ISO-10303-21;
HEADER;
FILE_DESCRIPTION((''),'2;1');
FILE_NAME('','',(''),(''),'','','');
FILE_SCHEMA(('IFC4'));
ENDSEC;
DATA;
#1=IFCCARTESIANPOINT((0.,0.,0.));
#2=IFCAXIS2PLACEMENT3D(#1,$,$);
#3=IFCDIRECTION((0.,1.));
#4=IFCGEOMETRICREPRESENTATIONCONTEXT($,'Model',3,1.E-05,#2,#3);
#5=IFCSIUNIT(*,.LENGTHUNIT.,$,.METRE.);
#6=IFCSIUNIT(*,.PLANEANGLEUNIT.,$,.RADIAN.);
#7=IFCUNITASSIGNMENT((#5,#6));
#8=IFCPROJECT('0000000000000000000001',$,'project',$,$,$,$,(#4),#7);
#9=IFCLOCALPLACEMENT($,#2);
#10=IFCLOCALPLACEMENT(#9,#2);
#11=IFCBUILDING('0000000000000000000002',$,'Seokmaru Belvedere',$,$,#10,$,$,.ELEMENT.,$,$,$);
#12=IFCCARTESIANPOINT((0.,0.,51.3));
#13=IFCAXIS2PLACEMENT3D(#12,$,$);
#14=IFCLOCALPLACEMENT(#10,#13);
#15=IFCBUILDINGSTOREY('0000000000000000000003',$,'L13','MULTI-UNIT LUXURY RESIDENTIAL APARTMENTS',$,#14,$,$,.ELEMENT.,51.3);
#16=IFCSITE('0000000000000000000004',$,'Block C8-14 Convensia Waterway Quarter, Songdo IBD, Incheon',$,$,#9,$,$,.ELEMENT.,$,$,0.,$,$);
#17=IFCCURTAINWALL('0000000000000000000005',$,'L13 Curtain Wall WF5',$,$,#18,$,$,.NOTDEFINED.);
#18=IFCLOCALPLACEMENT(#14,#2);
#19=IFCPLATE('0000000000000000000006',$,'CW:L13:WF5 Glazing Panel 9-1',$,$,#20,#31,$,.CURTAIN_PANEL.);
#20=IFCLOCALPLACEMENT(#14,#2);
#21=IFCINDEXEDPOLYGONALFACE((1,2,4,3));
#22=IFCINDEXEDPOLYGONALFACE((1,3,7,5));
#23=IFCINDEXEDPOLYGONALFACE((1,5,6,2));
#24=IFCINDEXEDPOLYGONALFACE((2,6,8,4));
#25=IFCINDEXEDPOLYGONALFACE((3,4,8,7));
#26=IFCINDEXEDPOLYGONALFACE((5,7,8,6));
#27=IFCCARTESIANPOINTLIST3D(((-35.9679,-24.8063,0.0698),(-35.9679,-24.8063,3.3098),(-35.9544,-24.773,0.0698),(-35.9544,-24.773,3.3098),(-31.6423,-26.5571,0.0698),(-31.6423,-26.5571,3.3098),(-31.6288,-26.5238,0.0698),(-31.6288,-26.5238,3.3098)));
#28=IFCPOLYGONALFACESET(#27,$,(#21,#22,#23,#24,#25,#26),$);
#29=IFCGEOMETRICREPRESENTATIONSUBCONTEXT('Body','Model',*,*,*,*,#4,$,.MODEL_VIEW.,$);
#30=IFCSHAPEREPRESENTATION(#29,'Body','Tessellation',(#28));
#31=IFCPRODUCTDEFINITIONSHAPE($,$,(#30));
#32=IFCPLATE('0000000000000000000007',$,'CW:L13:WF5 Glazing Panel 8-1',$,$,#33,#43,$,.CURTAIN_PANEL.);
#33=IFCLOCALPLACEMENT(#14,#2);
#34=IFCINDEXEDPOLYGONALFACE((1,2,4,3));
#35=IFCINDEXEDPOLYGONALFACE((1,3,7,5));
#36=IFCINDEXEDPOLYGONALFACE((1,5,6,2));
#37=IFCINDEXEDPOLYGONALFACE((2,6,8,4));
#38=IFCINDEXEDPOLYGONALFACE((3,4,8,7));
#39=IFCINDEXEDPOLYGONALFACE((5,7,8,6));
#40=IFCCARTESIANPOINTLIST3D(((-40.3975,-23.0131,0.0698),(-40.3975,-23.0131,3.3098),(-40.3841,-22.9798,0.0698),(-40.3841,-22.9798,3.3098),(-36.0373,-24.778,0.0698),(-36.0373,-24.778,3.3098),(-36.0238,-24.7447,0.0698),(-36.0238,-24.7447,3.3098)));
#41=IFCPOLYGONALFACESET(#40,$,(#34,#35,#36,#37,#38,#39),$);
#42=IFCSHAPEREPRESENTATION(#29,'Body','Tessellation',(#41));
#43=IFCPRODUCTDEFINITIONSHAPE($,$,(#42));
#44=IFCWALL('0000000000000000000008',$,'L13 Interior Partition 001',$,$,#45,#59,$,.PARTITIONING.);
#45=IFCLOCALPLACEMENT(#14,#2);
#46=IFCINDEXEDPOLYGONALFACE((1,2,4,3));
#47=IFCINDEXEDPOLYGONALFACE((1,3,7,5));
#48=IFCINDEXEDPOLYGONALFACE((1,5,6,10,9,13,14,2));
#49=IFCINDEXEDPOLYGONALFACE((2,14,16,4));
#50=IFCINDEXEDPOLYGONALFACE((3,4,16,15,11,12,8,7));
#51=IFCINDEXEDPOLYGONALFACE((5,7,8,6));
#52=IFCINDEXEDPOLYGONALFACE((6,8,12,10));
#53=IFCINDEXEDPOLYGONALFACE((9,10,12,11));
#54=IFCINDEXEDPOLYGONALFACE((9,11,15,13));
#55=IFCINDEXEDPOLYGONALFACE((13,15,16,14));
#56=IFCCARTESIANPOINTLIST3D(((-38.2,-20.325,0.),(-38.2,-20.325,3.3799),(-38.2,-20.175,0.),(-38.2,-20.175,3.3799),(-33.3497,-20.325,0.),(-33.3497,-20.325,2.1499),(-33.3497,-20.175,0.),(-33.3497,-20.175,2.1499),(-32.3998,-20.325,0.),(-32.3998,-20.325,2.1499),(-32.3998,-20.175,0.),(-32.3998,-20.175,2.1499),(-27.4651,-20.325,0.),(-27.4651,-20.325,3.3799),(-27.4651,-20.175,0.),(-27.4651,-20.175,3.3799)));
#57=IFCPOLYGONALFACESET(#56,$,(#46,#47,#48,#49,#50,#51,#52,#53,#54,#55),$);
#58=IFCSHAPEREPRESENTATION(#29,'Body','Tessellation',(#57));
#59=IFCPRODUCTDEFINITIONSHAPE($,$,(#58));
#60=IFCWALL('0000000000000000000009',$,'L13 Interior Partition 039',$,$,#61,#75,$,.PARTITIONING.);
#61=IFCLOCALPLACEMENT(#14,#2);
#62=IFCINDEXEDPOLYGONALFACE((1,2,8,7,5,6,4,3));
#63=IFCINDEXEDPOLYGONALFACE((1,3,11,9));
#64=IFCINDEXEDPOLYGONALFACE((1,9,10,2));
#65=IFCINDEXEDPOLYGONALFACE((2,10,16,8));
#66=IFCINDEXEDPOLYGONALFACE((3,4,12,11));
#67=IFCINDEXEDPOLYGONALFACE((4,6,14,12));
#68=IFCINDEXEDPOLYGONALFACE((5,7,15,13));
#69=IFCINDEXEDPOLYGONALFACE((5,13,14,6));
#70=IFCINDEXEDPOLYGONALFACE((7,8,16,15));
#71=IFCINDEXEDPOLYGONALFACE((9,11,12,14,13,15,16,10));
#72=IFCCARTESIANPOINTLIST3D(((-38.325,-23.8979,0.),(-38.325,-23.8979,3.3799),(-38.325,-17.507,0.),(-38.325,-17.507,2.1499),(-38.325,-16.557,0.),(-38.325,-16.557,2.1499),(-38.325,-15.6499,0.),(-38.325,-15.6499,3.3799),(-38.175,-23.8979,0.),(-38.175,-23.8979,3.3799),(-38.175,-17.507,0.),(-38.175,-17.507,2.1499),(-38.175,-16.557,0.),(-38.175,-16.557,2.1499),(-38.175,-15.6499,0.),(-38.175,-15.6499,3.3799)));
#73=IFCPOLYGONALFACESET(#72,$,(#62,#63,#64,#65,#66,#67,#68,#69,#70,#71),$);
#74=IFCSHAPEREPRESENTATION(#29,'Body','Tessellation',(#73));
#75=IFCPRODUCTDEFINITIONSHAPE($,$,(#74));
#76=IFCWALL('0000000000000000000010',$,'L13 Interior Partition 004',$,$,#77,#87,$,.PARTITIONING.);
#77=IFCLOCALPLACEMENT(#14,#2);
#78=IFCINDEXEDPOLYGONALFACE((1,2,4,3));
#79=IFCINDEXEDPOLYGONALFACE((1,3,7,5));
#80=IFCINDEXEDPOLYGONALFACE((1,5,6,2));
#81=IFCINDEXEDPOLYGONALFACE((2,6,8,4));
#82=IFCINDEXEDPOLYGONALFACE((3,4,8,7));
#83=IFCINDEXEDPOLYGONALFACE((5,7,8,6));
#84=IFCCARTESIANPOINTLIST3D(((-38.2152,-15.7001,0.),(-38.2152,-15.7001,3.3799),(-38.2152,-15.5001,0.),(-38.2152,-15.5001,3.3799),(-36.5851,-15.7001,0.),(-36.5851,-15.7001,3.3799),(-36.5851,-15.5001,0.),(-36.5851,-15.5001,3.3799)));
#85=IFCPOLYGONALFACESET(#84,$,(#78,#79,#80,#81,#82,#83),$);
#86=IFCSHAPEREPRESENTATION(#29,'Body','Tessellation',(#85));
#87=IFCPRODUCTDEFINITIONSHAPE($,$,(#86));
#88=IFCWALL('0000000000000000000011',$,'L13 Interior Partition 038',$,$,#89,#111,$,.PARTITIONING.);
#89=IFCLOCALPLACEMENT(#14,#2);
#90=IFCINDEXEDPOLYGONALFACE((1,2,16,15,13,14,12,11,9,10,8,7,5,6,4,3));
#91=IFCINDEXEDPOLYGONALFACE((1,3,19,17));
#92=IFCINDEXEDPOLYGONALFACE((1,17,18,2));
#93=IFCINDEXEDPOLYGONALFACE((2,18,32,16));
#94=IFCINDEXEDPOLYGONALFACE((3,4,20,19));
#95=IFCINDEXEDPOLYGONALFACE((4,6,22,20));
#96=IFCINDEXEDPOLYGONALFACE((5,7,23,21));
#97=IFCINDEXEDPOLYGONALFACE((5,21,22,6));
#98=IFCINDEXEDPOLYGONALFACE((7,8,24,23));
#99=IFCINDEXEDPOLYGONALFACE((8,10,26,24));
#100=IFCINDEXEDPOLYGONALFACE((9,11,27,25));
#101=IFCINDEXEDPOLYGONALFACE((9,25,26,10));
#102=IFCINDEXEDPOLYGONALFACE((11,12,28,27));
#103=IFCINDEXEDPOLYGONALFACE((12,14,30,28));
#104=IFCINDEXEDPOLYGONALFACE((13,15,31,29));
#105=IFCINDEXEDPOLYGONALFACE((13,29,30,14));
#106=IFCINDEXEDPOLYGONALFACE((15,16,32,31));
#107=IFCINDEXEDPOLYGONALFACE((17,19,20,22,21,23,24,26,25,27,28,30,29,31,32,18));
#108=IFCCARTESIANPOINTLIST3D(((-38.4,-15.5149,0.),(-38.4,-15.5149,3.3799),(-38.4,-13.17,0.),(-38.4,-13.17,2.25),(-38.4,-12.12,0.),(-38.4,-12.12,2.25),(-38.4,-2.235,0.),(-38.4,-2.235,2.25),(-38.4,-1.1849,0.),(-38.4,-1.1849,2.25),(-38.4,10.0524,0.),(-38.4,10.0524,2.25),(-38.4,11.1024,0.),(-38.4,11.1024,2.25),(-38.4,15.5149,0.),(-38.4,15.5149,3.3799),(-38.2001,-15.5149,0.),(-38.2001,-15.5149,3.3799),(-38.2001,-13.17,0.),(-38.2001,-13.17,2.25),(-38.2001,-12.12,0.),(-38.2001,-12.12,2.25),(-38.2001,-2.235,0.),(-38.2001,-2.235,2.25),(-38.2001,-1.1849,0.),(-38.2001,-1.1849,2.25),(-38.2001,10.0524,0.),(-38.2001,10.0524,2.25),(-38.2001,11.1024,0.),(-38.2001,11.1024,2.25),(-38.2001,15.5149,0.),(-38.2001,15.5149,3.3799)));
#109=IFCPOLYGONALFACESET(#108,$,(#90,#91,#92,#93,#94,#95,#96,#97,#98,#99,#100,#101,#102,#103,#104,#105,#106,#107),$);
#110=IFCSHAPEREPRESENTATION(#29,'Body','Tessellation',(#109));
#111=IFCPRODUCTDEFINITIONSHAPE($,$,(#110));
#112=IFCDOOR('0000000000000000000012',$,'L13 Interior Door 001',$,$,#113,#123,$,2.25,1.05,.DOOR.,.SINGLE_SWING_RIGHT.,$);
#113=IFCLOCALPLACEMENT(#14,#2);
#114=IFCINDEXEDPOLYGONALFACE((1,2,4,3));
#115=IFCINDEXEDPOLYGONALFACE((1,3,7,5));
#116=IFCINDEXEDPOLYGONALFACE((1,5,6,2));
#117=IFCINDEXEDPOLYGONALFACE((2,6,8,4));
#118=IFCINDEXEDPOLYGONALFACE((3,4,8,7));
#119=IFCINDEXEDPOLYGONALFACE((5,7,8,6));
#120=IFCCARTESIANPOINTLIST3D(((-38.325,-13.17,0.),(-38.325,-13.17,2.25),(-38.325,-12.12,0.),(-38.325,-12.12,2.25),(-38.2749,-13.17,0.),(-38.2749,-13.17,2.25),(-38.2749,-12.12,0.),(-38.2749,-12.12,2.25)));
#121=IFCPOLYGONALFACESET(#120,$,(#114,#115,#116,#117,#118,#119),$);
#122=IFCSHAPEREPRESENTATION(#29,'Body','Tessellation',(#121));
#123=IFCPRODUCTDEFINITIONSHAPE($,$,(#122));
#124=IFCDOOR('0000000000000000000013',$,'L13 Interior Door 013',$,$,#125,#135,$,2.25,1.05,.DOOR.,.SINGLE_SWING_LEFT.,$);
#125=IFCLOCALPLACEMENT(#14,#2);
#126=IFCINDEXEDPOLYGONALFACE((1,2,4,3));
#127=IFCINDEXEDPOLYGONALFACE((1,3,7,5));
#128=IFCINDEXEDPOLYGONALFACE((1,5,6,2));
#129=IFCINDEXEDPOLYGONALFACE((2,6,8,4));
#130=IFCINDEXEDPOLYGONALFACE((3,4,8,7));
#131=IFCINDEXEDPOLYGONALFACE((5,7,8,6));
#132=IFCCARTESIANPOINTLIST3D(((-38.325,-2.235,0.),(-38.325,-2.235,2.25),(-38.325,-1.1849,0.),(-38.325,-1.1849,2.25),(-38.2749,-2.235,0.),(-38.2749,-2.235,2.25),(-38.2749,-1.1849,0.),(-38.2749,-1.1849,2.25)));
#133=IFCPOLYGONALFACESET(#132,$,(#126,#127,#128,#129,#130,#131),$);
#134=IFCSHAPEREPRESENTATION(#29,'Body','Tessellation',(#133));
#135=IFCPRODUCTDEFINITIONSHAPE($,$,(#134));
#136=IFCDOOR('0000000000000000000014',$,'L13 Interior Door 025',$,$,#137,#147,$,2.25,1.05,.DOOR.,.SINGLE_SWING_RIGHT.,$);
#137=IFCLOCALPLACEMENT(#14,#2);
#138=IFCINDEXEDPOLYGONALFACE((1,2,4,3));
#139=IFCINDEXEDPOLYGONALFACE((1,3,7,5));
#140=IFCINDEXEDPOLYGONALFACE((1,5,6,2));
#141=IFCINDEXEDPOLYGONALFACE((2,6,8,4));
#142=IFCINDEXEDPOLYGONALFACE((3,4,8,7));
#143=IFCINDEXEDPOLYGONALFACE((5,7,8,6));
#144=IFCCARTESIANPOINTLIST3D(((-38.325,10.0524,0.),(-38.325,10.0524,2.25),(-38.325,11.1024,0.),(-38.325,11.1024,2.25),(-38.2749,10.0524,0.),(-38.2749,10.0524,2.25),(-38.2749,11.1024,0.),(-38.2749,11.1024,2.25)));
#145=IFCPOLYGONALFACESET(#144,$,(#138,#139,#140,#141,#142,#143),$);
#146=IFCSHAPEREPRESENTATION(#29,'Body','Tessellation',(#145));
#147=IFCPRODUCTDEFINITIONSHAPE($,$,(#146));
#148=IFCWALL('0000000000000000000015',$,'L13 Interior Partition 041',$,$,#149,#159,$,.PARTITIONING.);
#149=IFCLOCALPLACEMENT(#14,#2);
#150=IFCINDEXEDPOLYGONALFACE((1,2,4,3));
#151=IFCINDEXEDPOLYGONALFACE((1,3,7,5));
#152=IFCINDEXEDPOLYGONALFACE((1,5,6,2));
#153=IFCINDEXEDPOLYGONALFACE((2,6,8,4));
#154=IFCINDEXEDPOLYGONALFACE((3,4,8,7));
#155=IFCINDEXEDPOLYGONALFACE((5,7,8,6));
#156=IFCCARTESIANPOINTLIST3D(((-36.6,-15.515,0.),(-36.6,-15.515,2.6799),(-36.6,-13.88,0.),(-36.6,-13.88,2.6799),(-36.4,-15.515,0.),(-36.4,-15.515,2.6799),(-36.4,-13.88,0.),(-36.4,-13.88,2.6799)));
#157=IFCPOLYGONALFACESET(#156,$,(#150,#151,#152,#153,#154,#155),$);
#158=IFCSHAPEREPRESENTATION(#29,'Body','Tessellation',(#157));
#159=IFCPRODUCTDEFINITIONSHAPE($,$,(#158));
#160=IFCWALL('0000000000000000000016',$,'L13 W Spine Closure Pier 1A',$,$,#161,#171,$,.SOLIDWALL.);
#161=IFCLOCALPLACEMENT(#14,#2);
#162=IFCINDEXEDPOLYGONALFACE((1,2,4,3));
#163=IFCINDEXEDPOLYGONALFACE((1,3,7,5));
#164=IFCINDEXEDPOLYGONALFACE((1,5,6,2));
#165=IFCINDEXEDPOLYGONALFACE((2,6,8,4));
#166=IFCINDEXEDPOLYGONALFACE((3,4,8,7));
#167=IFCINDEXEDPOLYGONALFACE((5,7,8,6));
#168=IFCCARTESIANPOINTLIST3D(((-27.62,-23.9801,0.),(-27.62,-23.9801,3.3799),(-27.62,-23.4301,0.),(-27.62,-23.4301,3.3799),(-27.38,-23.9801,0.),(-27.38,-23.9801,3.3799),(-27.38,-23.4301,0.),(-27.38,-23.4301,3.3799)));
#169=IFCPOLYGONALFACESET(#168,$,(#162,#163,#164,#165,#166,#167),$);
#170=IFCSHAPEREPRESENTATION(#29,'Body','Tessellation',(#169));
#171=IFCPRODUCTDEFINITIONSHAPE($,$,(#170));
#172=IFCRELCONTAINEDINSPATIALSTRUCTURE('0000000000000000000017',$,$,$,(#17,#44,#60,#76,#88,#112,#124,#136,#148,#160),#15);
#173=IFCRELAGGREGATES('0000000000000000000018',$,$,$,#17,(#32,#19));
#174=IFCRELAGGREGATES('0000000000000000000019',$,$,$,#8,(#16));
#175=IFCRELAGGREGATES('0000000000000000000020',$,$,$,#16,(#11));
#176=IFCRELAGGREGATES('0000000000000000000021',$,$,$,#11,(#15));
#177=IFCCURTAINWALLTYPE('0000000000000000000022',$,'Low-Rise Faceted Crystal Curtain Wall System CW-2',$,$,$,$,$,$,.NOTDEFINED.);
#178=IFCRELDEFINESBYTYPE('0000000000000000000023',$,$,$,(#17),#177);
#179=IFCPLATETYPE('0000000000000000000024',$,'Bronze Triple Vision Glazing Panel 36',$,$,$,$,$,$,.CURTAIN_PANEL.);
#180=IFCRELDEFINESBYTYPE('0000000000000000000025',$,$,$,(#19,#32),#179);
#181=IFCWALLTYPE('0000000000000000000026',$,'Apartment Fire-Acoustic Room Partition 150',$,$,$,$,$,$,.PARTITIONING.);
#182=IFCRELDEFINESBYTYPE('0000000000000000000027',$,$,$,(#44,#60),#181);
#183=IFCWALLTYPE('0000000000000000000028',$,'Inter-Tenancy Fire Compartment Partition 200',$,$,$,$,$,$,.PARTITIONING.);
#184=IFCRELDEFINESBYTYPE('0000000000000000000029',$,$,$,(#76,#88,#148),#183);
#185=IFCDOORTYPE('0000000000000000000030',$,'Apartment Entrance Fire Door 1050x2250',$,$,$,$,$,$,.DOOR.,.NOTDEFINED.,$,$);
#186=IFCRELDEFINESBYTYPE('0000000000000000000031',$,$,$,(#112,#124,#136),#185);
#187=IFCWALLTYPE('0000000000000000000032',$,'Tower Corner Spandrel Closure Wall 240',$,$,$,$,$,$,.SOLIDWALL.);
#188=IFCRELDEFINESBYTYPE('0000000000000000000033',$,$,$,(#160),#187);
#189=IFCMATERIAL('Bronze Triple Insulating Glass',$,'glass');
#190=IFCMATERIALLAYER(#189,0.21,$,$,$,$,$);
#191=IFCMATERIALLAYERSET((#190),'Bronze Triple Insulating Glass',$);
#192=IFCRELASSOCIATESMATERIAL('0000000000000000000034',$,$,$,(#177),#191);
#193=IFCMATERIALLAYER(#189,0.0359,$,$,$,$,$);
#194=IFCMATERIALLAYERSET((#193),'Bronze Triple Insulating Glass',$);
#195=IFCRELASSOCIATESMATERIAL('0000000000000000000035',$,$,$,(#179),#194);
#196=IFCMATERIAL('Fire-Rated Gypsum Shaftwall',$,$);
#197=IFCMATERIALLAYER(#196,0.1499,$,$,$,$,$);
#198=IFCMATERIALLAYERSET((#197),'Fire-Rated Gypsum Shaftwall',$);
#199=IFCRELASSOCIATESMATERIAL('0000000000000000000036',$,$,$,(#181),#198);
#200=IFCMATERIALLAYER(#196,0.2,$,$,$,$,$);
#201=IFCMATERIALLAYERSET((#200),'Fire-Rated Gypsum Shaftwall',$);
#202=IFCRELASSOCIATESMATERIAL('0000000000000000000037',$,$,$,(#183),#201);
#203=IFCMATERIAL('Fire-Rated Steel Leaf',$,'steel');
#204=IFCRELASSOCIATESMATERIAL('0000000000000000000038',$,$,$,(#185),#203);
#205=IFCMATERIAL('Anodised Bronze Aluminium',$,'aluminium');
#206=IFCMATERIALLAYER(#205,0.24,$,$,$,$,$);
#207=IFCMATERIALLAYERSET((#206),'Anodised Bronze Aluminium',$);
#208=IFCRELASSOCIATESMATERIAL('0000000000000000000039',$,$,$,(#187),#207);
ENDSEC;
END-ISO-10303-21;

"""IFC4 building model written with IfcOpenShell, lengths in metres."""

from ifc_helpers import new_model, si_unit, direction, frame, frame_2d, origin, origin_2d, place, context, subcontext, project, spatial, rectangle, extrude, source, transform, mapped, material, layer, layer_set, type_object, type_shapes, element, fill, aggregate, save


model = new_model("IFC4")

# Units and contexts
model_context = context("Model", 3, precision=1e-05, world=origin(), true_north=direction((0.0, 1.0)))
body_context = subcontext(model_context, "Body", "Model", "MODEL_VIEW")
ifc_project = project(units=[si_unit("LENGTHUNIT", "METRE"), si_unit("PLANEANGLEUNIT", "RADIAN")], contexts=[model_context])

# Site, building, storey
site_placement = place(None, origin())
site = spatial("IfcSite", under=ifc_project, at=site_placement, Name="Block C8-14 Convensia Waterway Quarter, Songdo IBD, Incheon", CompositionType="ELEMENT", RefElevation=0.0)
building_placement = place(site_placement, origin())
building = spatial("IfcBuilding", under=site, at=building_placement, Name="Seokmaru Belvedere", CompositionType="ELEMENT")
storey_placement = place(building_placement, frame((0.0, 0.0, 51.3)))
storey = spatial("IfcBuildingStorey", under=building, at=storey_placement, Name="L13", Description="MULTI-UNIT LUXURY RESIDENTIAL APARTMENTS", CompositionType="ELEMENT", Elevation=51.3)

# Curtain wall
ifc_material_1 = material(Name="Bronze Triple Insulating Glass", Category="glass")
ifc_layer_1 = layer(ifc_material_1, 0.21)
ifc_layer_set_1 = layer_set([ifc_layer_1], Name="Bronze Triple Insulating Glass")
curtain_wall_type = type_object("IfcCurtainWallType", Name="Low-Rise Faceted Crystal Curtain Wall System CW-2", PredefinedType="NOTDEFINED", material=ifc_layer_set_1)
ifc_material_2 = material(Name="Anodised Bronze Aluminium", Category="aluminium")
curtain_wall_1_placement = place(storey_placement, origin())
curtain_wall_1 = element("IfcCurtainWall", 1, at=curtain_wall_1_placement, inside=storey, type_object=curtain_wall_type, Name="L13 Curtain Wall WF5", PredefinedType="NOTDEFINED")

# Plates
ifc_layer_2 = layer(ifc_material_1, 0.0359)
ifc_layer_set_2 = layer_set([ifc_layer_2], Name="Bronze Triple Insulating Glass")
plate_type = type_object("IfcPlateType", Name="Bronze Triple Vision Glazing Panel 36", PredefinedType="CURTAIN_PANEL", material=ifc_layer_set_2)
shared_shape_1 = source(origin(), body_context, "Body", "SweptSolid", [
    extrude(rectangle(XDim=4.6665, YDim=0.0359, at=origin_2d()), origin(), (0.0, 0.0, 1.0), 3.24),
])
plate_1_placement = place(storey_placement, frame((-33.7983, -25.665, 0.0698), z_axis=(0.0, 0.0, 1.0), x_axis=(0.926947, -0.375192, 0.0)))
plate_1 = element("IfcPlate", 2, at=plate_1_placement, type_object=plate_type, Name="CW:L13:WF5 Glazing Panel 9-1", PredefinedType="CURTAIN_PANEL", context=body_context, shape_type="MappedRepresentation", body=[
    mapped(shared_shape_1, transform((0.0, 0.0, 0.0), scale=1.0)),
])
shared_shape_2 = source(origin(), body_context, "Body", "SweptSolid", [
    extrude(rectangle(XDim=4.7039, YDim=0.0359, at=origin_2d()), origin(), (0.0, 0.0, 1.0), 3.24),
])
plate_2_placement = place(storey_placement, frame((-38.2107, -23.8789, 0.0698), z_axis=(0.0, 0.0, 1.0), x_axis=(0.926947, -0.375192, 0.0)))
plate_2 = element("IfcPlate", 3, at=plate_2_placement, type_object=plate_type, Name="CW:L13:WF5 Glazing Panel 8-1", PredefinedType="CURTAIN_PANEL", context=body_context, shape_type="MappedRepresentation", body=[
    mapped(shared_shape_2, transform((0.0, 0.0, 0.0), scale=1.0)),
])
aggregate(curtain_wall_1, [plate_2, plate_1])

# Walls, openings
ifc_material_3 = material(Name="Fire-Rated Gypsum Shaftwall")
ifc_layer_3 = layer(ifc_material_3, 0.1499)
ifc_layer_set_3 = layer_set([ifc_layer_3], Name="Fire-Rated Gypsum Shaftwall")
wall_type_1 = type_object("IfcWallType", Name="Apartment Fire-Acoustic Room Partition 150", PredefinedType="PARTITIONING", material=ifc_layer_set_3)
wall_1_placement = place(storey_placement, frame((-38.2, -20.25, 0.0), z_axis=(0.0, 0.0, 1.0), x_axis=(1.0, 0.0, 0.0)))
wall_1 = element("IfcWall", 4, at=wall_1_placement, inside=storey, type_object=wall_type_1, Name="L13 Interior Partition 001", PredefinedType="PARTITIONING", context=body_context, shape_type="SweptSolid", body=[
    extrude(rectangle(XDim=10.7349, YDim=0.1499, at=frame_2d((5.3674, 0.0))), origin(), (0.0, 0.0, 1.0), 3.3799),
])
opening_1_placement = place(wall_1_placement, frame((4.8501, 0.0, 0.0)))
element("IfcOpeningElement", 5, at=opening_1_placement, cuts=wall_1, PredefinedType="OPENING", context=body_context, shape_type="SweptSolid", body=[
    extrude(rectangle(XDim=0.95, YDim=2.1499, at=frame_2d((0.4751, 1.075))), frame((0.0, 0.085, 0.0), z_axis=(0.0, -1.0, 0.0), x_axis=(1.0, 0.0, 0.0)), (0.0, 0.0, 1.0), 0.1699),
])
wall_2_placement = place(storey_placement, frame((-38.25, -23.8979, 0.0), z_axis=(0.0, 0.0, 1.0), x_axis=(0.0, 1.0, 0.0)))
wall_2 = element("IfcWall", 6, at=wall_2_placement, inside=storey, type_object=wall_type_1, Name="L13 Interior Partition 039", PredefinedType="PARTITIONING", context=body_context, shape_type="SweptSolid", body=[
    extrude(rectangle(XDim=8.248, YDim=0.1499, at=frame_2d((4.124, 0.0))), origin(), (0.0, 0.0, 1.0), 3.3799),
])
opening_2_placement = place(wall_2_placement, frame((6.3909, 0.0, 0.0)))
element("IfcOpeningElement", 7, at=opening_2_placement, cuts=wall_2, PredefinedType="OPENING", context=body_context, shape_type="SweptSolid", body=[
    extrude(rectangle(XDim=0.95, YDim=2.1499, at=frame_2d((0.4751, 1.075))), frame((0.0, 0.085, 0.0), z_axis=(0.0, -1.0, 0.0), x_axis=(1.0, 0.0, 0.0)), (0.0, 0.0, 1.0), 0.1699),
])

# Wall
ifc_layer_4 = layer(ifc_material_3, 0.2)
ifc_layer_set_4 = layer_set([ifc_layer_4], Name="Fire-Rated Gypsum Shaftwall")
wall_type_2 = type_object("IfcWallType", Name="Inter-Tenancy Fire Compartment Partition 200", PredefinedType="PARTITIONING", material=ifc_layer_set_4)
wall_3_placement = place(storey_placement, frame((-38.2151, -15.6001, 0.0), z_axis=(0.0, 0.0, 1.0), x_axis=(1.0, 0.0, 0.0)))
element("IfcWall", 8, at=wall_3_placement, inside=storey, type_object=wall_type_2, Name="L13 Interior Partition 004", PredefinedType="PARTITIONING", context=body_context, shape_type="SweptSolid", body=[
    extrude(rectangle(XDim=1.6301, YDim=0.2, at=frame_2d((0.8149, 0.0))), origin(), (0.0, 0.0, 1.0), 3.3799),
])

# Wall, openings, doors
wall_4_placement = place(storey_placement, frame((-38.3, -15.5149, 0.0), z_axis=(0.0, 0.0, 1.0), x_axis=(0.0, 1.0, 0.0)))
wall_4 = element("IfcWall", 9, at=wall_4_placement, inside=storey, type_object=wall_type_2, Name="L13 Interior Partition 038", PredefinedType="PARTITIONING", context=body_context, shape_type="SweptSolid", body=[
    extrude(rectangle(XDim=31.0298, YDim=0.2, at=frame_2d((15.5149, 0.0))), origin(), (0.0, 0.0, 1.0), 3.3799),
])
opening_3_placement = place(wall_4_placement, frame((2.345, 0.0, 0.0)))
opening_3 = element("IfcOpeningElement", 10, at=opening_3_placement, cuts=wall_4, PredefinedType="OPENING", context=body_context, shape_type="SweptSolid", body=[
    extrude(rectangle(XDim=1.05, YDim=2.25, at=frame_2d((0.5249, 1.125))), frame((0.0, 0.1099, 0.0), z_axis=(0.0, -1.0, 0.0), x_axis=(1.0, 0.0, 0.0)), (0.0, 0.0, 1.0), 0.22),
])
opening_4_placement = place(wall_4_placement, frame((13.28, 0.0, 0.0)))
opening_4 = element("IfcOpeningElement", 11, at=opening_4_placement, cuts=wall_4, PredefinedType="OPENING", context=body_context, shape_type="SweptSolid", body=[
    extrude(rectangle(XDim=1.05, YDim=2.25, at=frame_2d((0.5249, 1.125))), frame((0.0, 0.1099, 0.0), z_axis=(0.0, -1.0, 0.0), x_axis=(1.0, 0.0, 0.0)), (0.0, 0.0, 1.0), 0.22),
])
opening_5_placement = place(wall_4_placement, frame((25.5674, 0.0, 0.0)))
opening_5 = element("IfcOpeningElement", 12, at=opening_5_placement, cuts=wall_4, PredefinedType="OPENING", context=body_context, shape_type="SweptSolid", body=[
    extrude(rectangle(XDim=1.05, YDim=2.25, at=frame_2d((0.5249, 1.125))), frame((0.0, 0.1099, 0.0), z_axis=(0.0, -1.0, 0.0), x_axis=(1.0, 0.0, 0.0)), (0.0, 0.0, 1.0), 0.22),
])
ifc_material_4 = material(Name="Fire-Rated Steel Leaf", Category="steel")
door_type = type_object("IfcDoorType", Name="Apartment Entrance Fire Door 1050x2250", OperationType="NOTDEFINED", PredefinedType="DOOR", material=ifc_material_4)
shared_shape_3 = source(origin(), body_context, "Body", "SweptSolid", [
    extrude(rectangle(XDim=1.05, YDim=2.25, at=frame_2d((0.5249, 1.125))), frame((0.0, 0.0249, 0.0), z_axis=(0.0, -1.0, 0.0), x_axis=(1.0, 0.0, 0.0)), (0.0, 0.0, 1.0), 0.05),
])
type_shapes(door_type, [shared_shape_3])
door_1_placement = place(opening_3_placement, origin())
door_1 = element("IfcDoor", 13, at=door_1_placement, inside=storey, type_object=door_type, Name="L13 Interior Door 001", OperationType="SINGLE_SWING_RIGHT", OverallHeight=2.25, OverallWidth=1.05, PredefinedType="DOOR", context=body_context, shape_type="MappedRepresentation", body=[
    mapped(shared_shape_3, transform((0.0, 0.0, 0.0), scale=1.0)),
])
fill(opening_3, door_1)
door_2_placement = place(opening_4_placement, origin())
door_2 = element("IfcDoor", 14, at=door_2_placement, inside=storey, type_object=door_type, Name="L13 Interior Door 013", OperationType="SINGLE_SWING_LEFT", OverallHeight=2.25, OverallWidth=1.05, PredefinedType="DOOR", context=body_context, shape_type="MappedRepresentation", body=[
    mapped(shared_shape_3, transform((0.0, 0.0, 0.0), scale=1.0)),
])
fill(opening_4, door_2)
door_3_placement = place(opening_5_placement, origin())
door_3 = element("IfcDoor", 15, at=door_3_placement, inside=storey, type_object=door_type, Name="L13 Interior Door 025", OperationType="SINGLE_SWING_RIGHT", OverallHeight=2.25, OverallWidth=1.05, PredefinedType="DOOR", context=body_context, shape_type="MappedRepresentation", body=[
    mapped(shared_shape_3, transform((0.0, 0.0, 0.0), scale=1.0)),
])
fill(opening_5, door_3)

# Walls
wall_5_placement = place(storey_placement, frame((-36.5, -15.5149, 0.0), z_axis=(0.0, 0.0, 1.0), x_axis=(0.0, 1.0, 0.0)))
element("IfcWall", 16, at=wall_5_placement, inside=storey, type_object=wall_type_2, Name="L13 Interior Partition 041", PredefinedType="PARTITIONING", context=body_context, shape_type="SweptSolid", body=[
    extrude(rectangle(XDim=1.635, YDim=0.2, at=frame_2d((0.8174, 0.0))), origin(), (0.0, 0.0, 1.0), 2.6799),
])
ifc_layer_5 = layer(ifc_material_2, 0.24)
ifc_layer_set_5 = layer_set([ifc_layer_5], Name="Anodised Bronze Aluminium")
wall_type_3 = type_object("IfcWallType", Name="Tower Corner Spandrel Closure Wall 240", PredefinedType="SOLIDWALL", material=ifc_layer_set_5)
wall_6_placement = place(storey_placement, frame((-27.5, -23.98, 0.0), z_axis=(0.0, 0.0, 1.0), x_axis=(0.0, 1.0, 0.0)))
element("IfcWall", 17, at=wall_6_placement, inside=storey, type_object=wall_type_3, Name="L13 W Spine Closure Pier 1A", PredefinedType="SOLIDWALL", context=body_context, shape_type="SweptSolid", body=[
    extrude(rectangle(XDim=0.55, YDim=0.24, at=frame_2d((0.2749, 0.0))), origin(), (0.0, 0.0, 1.0), 3.3799),
])

save(model, "model.ifc")
